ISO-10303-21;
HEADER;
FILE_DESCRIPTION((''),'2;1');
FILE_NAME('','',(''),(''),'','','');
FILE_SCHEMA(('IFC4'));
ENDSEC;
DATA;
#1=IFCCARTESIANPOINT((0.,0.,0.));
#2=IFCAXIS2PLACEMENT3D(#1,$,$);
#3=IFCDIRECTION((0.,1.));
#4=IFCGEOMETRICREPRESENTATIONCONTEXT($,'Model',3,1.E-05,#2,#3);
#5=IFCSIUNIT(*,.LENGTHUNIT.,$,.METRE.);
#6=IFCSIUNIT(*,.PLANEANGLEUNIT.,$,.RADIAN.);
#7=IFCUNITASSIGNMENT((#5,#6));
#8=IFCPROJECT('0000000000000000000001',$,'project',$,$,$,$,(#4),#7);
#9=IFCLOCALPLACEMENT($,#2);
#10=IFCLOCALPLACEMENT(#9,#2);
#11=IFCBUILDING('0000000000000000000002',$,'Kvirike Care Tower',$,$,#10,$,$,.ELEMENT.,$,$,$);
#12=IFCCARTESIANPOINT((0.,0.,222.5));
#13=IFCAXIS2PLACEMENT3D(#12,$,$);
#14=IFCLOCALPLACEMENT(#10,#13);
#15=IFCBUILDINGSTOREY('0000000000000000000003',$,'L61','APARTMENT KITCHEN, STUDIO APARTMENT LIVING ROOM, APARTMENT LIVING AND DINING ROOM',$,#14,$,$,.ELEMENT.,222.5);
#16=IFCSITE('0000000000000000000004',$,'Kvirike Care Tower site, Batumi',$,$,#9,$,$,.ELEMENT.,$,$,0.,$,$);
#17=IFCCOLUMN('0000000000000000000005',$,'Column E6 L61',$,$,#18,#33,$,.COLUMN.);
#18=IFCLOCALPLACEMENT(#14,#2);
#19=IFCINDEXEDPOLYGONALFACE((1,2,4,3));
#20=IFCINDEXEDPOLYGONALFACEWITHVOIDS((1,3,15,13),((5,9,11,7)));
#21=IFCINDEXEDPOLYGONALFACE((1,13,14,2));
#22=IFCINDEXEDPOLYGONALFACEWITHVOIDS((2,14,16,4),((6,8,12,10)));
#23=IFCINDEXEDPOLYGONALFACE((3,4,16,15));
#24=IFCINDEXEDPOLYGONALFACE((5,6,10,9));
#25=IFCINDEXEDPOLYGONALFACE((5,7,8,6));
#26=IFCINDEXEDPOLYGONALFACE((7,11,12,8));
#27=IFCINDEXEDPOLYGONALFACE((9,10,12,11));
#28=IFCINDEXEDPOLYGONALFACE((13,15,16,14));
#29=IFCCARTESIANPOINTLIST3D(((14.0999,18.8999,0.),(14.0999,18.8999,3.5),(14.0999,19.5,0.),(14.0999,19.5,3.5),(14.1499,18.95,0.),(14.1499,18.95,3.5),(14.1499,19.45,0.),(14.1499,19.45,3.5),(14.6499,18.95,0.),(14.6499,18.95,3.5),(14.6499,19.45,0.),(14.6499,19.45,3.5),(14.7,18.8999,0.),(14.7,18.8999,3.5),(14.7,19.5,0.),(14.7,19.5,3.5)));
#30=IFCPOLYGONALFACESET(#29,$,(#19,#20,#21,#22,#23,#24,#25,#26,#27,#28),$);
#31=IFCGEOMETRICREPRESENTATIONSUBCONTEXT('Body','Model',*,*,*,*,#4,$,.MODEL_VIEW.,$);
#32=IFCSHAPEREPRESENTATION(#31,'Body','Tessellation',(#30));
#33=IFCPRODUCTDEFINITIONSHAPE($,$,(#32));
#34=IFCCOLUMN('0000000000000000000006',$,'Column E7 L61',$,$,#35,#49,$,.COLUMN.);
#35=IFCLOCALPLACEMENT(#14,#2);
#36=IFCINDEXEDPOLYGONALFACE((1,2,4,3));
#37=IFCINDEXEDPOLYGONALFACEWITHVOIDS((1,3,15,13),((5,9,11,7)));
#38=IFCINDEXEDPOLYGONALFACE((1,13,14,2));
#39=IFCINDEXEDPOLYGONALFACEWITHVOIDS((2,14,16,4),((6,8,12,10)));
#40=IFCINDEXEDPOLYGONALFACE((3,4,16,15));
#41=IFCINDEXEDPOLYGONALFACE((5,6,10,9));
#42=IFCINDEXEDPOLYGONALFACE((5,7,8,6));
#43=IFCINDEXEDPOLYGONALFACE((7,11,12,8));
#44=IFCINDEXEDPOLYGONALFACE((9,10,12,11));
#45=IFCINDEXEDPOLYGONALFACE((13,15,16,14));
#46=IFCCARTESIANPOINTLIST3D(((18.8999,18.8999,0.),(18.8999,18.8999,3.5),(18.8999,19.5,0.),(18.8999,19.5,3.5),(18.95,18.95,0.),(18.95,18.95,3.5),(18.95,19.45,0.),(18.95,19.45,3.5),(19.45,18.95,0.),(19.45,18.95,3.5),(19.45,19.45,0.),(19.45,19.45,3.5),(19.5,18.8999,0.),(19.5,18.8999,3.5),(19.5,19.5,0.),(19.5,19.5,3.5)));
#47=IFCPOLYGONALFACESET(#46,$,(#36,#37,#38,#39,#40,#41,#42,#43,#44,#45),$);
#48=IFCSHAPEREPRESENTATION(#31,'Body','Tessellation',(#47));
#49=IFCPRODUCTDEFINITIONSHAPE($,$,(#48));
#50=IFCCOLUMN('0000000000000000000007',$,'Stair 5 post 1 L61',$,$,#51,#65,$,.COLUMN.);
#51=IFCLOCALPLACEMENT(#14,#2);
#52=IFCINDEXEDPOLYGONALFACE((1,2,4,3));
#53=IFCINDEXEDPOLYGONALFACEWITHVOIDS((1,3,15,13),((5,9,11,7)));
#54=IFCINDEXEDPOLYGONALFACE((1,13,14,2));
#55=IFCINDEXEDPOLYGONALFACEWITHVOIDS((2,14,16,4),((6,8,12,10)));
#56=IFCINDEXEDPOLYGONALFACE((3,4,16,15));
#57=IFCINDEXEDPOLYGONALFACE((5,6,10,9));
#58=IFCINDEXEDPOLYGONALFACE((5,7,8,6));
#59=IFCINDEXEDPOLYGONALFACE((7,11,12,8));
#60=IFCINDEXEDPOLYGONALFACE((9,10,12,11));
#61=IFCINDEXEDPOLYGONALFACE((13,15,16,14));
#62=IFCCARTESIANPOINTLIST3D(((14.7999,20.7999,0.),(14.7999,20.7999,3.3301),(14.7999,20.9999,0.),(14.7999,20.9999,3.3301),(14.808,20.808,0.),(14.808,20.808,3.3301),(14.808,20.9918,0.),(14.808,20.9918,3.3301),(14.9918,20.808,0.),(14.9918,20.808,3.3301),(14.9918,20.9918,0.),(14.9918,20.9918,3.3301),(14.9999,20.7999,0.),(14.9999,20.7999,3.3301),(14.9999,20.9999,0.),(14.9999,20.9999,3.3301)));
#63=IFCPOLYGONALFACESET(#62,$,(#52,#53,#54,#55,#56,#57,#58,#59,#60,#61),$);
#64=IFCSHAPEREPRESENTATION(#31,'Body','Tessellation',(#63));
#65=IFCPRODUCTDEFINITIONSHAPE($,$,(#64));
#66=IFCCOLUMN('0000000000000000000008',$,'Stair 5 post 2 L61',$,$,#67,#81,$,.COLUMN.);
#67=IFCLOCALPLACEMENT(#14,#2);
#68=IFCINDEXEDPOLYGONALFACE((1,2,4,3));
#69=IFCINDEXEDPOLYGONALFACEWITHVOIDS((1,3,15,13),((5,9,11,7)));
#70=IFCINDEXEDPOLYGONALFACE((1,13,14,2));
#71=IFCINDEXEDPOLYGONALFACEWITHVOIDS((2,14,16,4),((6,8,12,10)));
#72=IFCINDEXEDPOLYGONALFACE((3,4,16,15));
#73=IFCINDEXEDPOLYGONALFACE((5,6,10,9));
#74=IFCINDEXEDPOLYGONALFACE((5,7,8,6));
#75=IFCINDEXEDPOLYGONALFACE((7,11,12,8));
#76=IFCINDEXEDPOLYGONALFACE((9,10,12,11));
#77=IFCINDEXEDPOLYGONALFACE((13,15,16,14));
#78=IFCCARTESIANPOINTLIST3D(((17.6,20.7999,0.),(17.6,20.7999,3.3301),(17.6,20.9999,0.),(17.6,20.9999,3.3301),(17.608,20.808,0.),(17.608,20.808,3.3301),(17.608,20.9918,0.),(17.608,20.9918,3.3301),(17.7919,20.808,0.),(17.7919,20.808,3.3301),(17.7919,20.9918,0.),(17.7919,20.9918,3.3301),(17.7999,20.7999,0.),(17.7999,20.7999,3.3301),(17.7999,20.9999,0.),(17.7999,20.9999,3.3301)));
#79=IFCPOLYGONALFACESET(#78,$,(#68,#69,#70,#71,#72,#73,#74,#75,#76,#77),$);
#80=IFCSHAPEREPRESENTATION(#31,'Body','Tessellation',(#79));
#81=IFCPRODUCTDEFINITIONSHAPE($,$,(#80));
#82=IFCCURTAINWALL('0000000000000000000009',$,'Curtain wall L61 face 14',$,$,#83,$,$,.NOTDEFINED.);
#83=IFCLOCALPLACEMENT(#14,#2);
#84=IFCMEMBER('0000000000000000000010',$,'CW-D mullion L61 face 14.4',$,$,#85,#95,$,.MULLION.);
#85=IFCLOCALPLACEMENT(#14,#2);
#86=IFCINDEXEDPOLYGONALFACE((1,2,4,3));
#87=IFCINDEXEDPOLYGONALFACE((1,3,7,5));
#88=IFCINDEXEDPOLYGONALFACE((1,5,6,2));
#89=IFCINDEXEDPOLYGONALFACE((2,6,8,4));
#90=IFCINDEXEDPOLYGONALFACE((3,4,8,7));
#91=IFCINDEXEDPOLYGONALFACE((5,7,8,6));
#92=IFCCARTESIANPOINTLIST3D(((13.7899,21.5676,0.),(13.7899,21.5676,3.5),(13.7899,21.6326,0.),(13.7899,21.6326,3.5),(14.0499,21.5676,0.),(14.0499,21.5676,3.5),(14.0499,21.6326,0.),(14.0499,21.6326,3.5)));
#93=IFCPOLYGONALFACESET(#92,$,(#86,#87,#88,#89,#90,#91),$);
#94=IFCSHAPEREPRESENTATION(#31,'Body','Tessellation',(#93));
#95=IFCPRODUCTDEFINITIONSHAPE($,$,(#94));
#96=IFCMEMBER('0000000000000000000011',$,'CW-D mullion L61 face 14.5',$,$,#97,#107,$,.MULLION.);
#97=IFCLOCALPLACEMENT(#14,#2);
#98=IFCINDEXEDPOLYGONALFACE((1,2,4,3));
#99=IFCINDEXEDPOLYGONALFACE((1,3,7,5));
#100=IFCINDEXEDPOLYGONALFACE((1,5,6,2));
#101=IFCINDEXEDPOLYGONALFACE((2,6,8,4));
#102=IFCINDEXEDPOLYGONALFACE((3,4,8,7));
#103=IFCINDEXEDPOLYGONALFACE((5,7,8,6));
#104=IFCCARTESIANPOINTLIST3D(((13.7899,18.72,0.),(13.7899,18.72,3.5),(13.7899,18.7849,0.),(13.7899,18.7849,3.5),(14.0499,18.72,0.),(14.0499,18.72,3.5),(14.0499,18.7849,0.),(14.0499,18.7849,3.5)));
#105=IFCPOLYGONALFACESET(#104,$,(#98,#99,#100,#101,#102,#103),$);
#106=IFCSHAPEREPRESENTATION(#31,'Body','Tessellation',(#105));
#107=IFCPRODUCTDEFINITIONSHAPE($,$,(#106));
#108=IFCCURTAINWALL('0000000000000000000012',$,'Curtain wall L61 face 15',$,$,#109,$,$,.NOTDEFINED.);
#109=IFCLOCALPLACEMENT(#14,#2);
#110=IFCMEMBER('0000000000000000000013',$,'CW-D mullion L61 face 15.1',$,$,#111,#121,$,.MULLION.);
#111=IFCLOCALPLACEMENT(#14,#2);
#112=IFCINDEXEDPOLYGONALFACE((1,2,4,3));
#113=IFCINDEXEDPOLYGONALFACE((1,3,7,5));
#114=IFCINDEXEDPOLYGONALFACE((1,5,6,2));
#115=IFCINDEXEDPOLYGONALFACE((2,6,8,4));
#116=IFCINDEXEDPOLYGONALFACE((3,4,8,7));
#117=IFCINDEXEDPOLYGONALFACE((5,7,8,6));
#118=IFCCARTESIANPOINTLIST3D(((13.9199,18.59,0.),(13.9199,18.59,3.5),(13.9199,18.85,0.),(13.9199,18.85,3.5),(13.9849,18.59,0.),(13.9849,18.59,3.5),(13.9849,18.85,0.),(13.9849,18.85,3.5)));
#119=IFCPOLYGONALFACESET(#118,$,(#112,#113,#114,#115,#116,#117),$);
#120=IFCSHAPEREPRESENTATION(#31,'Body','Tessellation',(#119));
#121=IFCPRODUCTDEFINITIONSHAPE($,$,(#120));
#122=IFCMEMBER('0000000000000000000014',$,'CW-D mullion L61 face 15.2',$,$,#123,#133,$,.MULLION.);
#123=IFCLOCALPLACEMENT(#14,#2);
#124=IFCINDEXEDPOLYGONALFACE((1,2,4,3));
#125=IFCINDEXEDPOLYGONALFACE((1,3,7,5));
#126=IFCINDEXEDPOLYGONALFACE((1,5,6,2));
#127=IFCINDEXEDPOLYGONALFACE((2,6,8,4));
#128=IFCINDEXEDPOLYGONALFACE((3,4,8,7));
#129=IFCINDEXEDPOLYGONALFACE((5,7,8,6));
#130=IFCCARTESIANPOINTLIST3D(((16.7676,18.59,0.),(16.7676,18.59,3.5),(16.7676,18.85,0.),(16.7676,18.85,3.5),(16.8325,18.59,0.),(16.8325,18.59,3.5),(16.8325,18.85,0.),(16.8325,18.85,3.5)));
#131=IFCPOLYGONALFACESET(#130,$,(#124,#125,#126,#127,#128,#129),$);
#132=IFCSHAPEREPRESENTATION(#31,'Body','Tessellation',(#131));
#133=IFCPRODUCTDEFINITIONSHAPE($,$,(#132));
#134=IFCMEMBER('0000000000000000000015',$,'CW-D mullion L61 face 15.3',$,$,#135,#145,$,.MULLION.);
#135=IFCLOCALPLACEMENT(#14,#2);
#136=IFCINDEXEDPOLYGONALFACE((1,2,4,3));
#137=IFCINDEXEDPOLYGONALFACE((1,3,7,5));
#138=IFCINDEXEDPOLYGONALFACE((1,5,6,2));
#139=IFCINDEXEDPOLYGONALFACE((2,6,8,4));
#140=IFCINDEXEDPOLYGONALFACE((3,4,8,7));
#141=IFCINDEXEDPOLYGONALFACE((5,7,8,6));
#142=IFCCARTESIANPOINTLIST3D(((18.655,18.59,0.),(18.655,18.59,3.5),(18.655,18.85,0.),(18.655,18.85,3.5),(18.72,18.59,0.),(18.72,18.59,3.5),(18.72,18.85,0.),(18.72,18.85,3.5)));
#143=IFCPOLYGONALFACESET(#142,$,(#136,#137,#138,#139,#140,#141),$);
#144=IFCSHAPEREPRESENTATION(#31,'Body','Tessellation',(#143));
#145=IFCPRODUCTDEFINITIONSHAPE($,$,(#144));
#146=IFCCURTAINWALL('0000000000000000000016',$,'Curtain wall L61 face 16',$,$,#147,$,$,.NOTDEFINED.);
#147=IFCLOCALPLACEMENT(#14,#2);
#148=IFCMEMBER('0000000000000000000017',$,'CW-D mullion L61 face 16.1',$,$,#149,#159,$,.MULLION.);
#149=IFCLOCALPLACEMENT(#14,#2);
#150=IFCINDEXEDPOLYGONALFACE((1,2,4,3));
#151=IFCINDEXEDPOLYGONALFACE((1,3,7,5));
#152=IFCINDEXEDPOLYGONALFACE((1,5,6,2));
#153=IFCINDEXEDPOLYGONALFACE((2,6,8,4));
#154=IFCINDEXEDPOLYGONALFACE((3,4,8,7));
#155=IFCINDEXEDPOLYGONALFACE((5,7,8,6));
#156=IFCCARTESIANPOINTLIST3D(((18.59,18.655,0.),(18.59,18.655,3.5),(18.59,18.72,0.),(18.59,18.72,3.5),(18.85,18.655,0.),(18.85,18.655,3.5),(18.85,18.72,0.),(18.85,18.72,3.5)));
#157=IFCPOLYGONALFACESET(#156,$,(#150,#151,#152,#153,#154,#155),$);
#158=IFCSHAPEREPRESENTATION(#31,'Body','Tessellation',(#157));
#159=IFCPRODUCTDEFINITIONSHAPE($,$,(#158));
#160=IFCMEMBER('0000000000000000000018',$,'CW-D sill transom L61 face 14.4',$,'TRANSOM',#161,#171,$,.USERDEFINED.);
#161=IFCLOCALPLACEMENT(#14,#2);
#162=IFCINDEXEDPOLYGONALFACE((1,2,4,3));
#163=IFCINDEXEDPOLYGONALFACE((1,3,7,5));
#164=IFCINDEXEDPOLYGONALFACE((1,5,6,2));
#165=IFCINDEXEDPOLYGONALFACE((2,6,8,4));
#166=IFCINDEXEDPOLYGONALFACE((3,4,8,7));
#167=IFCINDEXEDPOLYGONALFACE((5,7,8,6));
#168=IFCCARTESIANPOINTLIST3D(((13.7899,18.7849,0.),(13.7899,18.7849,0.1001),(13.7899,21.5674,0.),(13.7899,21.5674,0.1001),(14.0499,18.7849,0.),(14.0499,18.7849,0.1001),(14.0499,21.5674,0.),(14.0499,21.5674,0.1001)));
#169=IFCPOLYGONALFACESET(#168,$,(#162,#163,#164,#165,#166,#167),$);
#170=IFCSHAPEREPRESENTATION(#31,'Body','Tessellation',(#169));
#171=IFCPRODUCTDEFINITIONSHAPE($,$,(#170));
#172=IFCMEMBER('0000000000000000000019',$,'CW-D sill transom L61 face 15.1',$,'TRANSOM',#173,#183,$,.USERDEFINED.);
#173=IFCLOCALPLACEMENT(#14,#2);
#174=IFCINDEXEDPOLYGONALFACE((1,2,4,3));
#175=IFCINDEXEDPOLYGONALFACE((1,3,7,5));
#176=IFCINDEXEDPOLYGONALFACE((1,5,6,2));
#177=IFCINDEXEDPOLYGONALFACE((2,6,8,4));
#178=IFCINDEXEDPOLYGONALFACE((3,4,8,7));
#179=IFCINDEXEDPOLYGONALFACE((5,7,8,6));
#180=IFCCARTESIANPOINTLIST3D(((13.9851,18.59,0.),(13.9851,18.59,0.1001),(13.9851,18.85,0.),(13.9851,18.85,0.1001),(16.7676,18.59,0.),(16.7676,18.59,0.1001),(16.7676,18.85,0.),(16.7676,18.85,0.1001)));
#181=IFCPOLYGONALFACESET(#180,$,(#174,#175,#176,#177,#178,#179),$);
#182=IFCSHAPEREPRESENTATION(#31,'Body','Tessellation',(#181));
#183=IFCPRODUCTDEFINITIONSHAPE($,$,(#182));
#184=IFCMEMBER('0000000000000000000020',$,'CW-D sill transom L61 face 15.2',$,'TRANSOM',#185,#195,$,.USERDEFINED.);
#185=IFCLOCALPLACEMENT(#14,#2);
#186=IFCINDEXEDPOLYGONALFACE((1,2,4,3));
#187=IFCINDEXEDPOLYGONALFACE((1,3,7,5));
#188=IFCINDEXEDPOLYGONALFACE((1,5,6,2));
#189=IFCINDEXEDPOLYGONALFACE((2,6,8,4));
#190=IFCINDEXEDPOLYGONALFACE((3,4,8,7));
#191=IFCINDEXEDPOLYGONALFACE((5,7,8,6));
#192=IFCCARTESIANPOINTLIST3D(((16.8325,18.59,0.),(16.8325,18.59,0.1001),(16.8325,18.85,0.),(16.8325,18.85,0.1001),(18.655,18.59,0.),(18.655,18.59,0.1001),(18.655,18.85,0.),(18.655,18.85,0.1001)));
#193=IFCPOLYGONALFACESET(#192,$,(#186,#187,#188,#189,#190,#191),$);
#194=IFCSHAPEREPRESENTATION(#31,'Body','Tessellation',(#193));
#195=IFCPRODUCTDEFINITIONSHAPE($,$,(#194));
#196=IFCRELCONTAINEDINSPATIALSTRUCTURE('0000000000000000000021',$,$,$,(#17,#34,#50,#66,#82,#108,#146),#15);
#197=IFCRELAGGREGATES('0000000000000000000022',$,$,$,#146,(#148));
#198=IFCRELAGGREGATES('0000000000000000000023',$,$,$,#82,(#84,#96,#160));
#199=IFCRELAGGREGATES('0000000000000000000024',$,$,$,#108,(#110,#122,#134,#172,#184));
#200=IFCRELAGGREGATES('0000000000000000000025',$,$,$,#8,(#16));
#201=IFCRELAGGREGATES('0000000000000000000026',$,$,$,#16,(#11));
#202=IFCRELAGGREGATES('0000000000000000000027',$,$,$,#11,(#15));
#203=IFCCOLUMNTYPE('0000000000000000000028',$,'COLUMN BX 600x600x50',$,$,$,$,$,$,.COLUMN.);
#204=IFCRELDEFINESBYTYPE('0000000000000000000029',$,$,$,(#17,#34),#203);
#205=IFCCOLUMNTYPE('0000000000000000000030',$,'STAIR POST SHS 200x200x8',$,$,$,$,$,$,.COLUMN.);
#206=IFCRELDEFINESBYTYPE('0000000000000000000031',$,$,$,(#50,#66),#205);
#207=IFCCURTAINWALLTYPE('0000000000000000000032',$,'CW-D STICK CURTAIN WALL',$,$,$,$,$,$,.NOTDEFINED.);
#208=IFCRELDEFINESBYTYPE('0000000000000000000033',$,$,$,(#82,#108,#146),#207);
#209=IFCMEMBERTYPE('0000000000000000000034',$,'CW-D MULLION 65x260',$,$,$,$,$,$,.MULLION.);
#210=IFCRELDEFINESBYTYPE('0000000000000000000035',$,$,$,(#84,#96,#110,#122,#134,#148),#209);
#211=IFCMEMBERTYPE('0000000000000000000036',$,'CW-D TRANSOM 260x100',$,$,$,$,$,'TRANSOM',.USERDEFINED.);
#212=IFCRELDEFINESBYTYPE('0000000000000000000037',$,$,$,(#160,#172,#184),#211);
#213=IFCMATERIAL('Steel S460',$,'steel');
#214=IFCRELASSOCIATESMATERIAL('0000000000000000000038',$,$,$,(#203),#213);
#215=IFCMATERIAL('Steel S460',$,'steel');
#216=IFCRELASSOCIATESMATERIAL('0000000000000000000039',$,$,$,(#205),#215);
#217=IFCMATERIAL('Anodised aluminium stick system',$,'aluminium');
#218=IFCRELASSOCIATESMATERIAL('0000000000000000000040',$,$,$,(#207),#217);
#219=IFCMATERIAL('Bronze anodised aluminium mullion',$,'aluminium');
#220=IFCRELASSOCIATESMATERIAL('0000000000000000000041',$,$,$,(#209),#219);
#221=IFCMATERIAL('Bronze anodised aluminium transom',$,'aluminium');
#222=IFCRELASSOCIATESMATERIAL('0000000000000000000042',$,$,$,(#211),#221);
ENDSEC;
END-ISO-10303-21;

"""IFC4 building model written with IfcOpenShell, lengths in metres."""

from ifc_helpers import new_model, si_unit, direction, frame, origin, origin_2d, place, context, subcontext, project, spatial, rectangle, hollow_rectangle, extrude, material, material_profile, profile_set, type_object, element, aggregate, save


model = new_model("IFC4")

# Units and contexts
model_context = context("Model", 3, precision=1e-05, world=origin(), true_north=direction((0.0, 1.0)))
body_context = subcontext(model_context, "Body", "Model", "MODEL_VIEW")
ifc_project = project(units=[si_unit("LENGTHUNIT", "METRE"), si_unit("PLANEANGLEUNIT", "RADIAN")], contexts=[model_context])

# Site, building, storey
site_placement = place(None, origin())
site = spatial("IfcSite", under=ifc_project, at=site_placement, Name="Kvirike Care Tower site, Batumi", CompositionType="ELEMENT", RefElevation=0.0)
building_placement = place(site_placement, origin())
building = spatial("IfcBuilding", under=site, at=building_placement, Name="Kvirike Care Tower", CompositionType="ELEMENT")
storey_placement = place(building_placement, frame((0.0, 0.0, 222.5)))
storey = spatial("IfcBuildingStorey", under=building, at=storey_placement, Name="L61", Description="APARTMENT KITCHEN, STUDIO APARTMENT LIVING ROOM, APARTMENT LIVING AND DINING ROOM", CompositionType="ELEMENT", Elevation=222.5)

# Columns
ifc_material_1 = material(Name="Steel S460", Category="steel")
ifc_material_profile_1 = material_profile(ifc_material_1, hollow_rectangle(XDim=0.6001, YDim=0.6001, WallThickness=0.05, at=origin_2d()), Name="BX 600x600x50")
ifc_profile_set_1 = profile_set([ifc_material_profile_1], Name="Steel S460")
column_type_1 = type_object("IfcColumnType", Name="COLUMN BX 600x600x50", PredefinedType="COLUMN", material=ifc_profile_set_1)
for number, where, z_axis, x_axis, name in (
    (1, (14.3999, 19.2, 0.0), (0.0, 0.0, 1.0), (0.0, 1.0, 0.0), "Column E6 L61"),
    (2, (19.2, 19.2, 0.0), (0.0, 0.0, 1.0), (0.0, 1.0, 0.0), "Column E7 L61"),
):
    element("IfcColumn", number, at=place(storey_placement, frame(where, z_axis=z_axis, x_axis=x_axis)), inside=storey, type_object=column_type_1, Name=name, PredefinedType="COLUMN", context=body_context, shape_type="SweptSolid", body=[
        extrude(hollow_rectangle(XDim=0.6001, YDim=0.6001, WallThickness=0.05, at=origin_2d()), origin(), (0.0, 0.0, 1.0), 3.5),
    ])
ifc_material_2 = material(Name="Steel S460", Category="steel")
ifc_material_profile_2 = material_profile(ifc_material_2, hollow_rectangle(XDim=0.2, YDim=0.2, WallThickness=0.0081, at=origin_2d()), Name="SHS 200x200x8")
ifc_profile_set_2 = profile_set([ifc_material_profile_2], Name="Steel S460")
column_type_2 = type_object("IfcColumnType", Name="STAIR POST SHS 200x200x8", PredefinedType="COLUMN", material=ifc_profile_set_2)
for number, where, z_axis, x_axis, name in (
    (3, (14.8999, 20.8999, 0.0), (0.0, 0.0, 1.0), (1.0, 0.0, 0.0), "Stair 5 post 1 L61"),
    (4, (17.7, 20.8999, 0.0), (0.0, 0.0, 1.0), (1.0, 0.0, 0.0), "Stair 5 post 2 L61"),
):
    element("IfcColumn", number, at=place(storey_placement, frame(where, z_axis=z_axis, x_axis=x_axis)), inside=storey, type_object=column_type_2, Name=name, PredefinedType="COLUMN", context=body_context, shape_type="SweptSolid", body=[
        extrude(hollow_rectangle(XDim=0.2, YDim=0.2, WallThickness=0.0081, at=origin_2d()), origin(), (0.0, 0.0, 1.0), 3.3301),
    ])

# Curtain walls, members
ifc_material_3 = material(Name="Anodised aluminium stick system", Category="aluminium")
curtain_wall_type = type_object("IfcCurtainWallType", Name="CW-D STICK CURTAIN WALL", PredefinedType="NOTDEFINED", material=ifc_material_3)
curtain_wall_1_placement = place(storey_placement, origin())
curtain_wall_1 = element("IfcCurtainWall", 5, at=curtain_wall_1_placement, inside=storey, type_object=curtain_wall_type, Name="Curtain wall L61 face 14", PredefinedType="NOTDEFINED")
ifc_material_4 = material(Name="Bronze anodised aluminium mullion", Category="aluminium")
ifc_material_profile_3 = material_profile(ifc_material_4, rectangle(XDim=0.0649, YDim=0.26, at=origin_2d()), Name="CW-D MULLION 65x260")
ifc_profile_set_3 = profile_set([ifc_material_profile_3], Name="Bronze anodised aluminium mullion")
member_type_1 = type_object("IfcMemberType", Name="CW-D MULLION 65x260", PredefinedType="MULLION", material=ifc_profile_set_3)
member_1_placement = place(storey_placement, frame((13.9199, 21.6001, 0.0), z_axis=(0.0, 0.0, 1.0), x_axis=(0.0, -1.0, 0.0)))
member_1 = element("IfcMember", 6, at=member_1_placement, type_object=member_type_1, Name="CW-D mullion L61 face 14.4", PredefinedType="MULLION", context=body_context, shape_type="SweptSolid", body=[
    extrude(rectangle(XDim=0.0649, YDim=0.26, at=origin_2d()), origin(), (0.0, 0.0, 1.0), 3.5),
])
member_2_placement = place(storey_placement, frame((13.9199, 18.7524, 0.0), z_axis=(0.0, 0.0, 1.0), x_axis=(0.0, -1.0, 0.0)))
member_2 = element("IfcMember", 7, at=member_2_placement, type_object=member_type_1, Name="CW-D mullion L61 face 14.5", PredefinedType="MULLION", context=body_context, shape_type="SweptSolid", body=[
    extrude(rectangle(XDim=0.0649, YDim=0.26, at=origin_2d()), origin(), (0.0, 0.0, 1.0), 3.5),
])
curtain_wall_2_placement = place(storey_placement, origin())
curtain_wall_2 = element("IfcCurtainWall", 8, at=curtain_wall_2_placement, inside=storey, type_object=curtain_wall_type, Name="Curtain wall L61 face 15", PredefinedType="NOTDEFINED")
member_3_placement = place(storey_placement, frame((13.9524, 18.72, 0.0), z_axis=(0.0, 0.0, 1.0), x_axis=(1.0, 0.0, 0.0)))
member_3 = element("IfcMember", 9, at=member_3_placement, type_object=member_type_1, Name="CW-D mullion L61 face 15.1", PredefinedType="MULLION", context=body_context, shape_type="SweptSolid", body=[
    extrude(rectangle(XDim=0.0649, YDim=0.26, at=origin_2d()), origin(), (0.0, 0.0, 1.0), 3.5),
])
member_4_placement = place(storey_placement, frame((16.8, 18.72, 0.0), z_axis=(0.0, 0.0, 1.0), x_axis=(1.0, 0.0, 0.0)))
member_4 = element("IfcMember", 10, at=member_4_placement, type_object=member_type_1, Name="CW-D mullion L61 face 15.2", PredefinedType="MULLION", context=body_context, shape_type="SweptSolid", body=[
    extrude(rectangle(XDim=0.0649, YDim=0.26, at=origin_2d()), origin(), (0.0, 0.0, 1.0), 3.5),
])
member_5_placement = place(storey_placement, frame((18.6875, 18.72, 0.0), z_axis=(0.0, 0.0, 1.0), x_axis=(1.0, 0.0, 0.0)))
member_5 = element("IfcMember", 11, at=member_5_placement, type_object=member_type_1, Name="CW-D mullion L61 face 15.3", PredefinedType="MULLION", context=body_context, shape_type="SweptSolid", body=[
    extrude(rectangle(XDim=0.0649, YDim=0.26, at=origin_2d()), origin(), (0.0, 0.0, 1.0), 3.5),
])

# Curtain wall, member
curtain_wall_3_placement = place(storey_placement, origin())
curtain_wall_3 = element("IfcCurtainWall", 12, at=curtain_wall_3_placement, inside=storey, type_object=curtain_wall_type, Name="Curtain wall L61 face 16", PredefinedType="NOTDEFINED")
member_6_placement = place(storey_placement, frame((18.72, 18.6875, 0.0), z_axis=(0.0, 0.0, 1.0), x_axis=(0.0, -1.0, 0.0)))
member_6 = element("IfcMember", 13, at=member_6_placement, type_object=member_type_1, Name="CW-D mullion L61 face 16.1", PredefinedType="MULLION", context=body_context, shape_type="SweptSolid", body=[
    extrude(rectangle(XDim=0.0649, YDim=0.26, at=origin_2d()), origin(), (0.0, 0.0, 1.0), 3.5),
])

# Members
ifc_material_5 = material(Name="Bronze anodised aluminium transom", Category="aluminium")
ifc_material_profile_4 = material_profile(ifc_material_5, rectangle(XDim=0.26, YDim=0.1001, at=origin_2d()), Name="CW-D TRANSOM 260x100")
ifc_profile_set_4 = profile_set([ifc_material_profile_4], Name="Bronze anodised aluminium transom")
member_type_2 = type_object("IfcMemberType", Name="CW-D TRANSOM 260x100", ElementType="TRANSOM", PredefinedType="USERDEFINED", material=ifc_profile_set_4)
member_7_placement = place(storey_placement, frame((13.9199, 21.5674, 0.05), z_axis=(0.0, -1.0, 0.0), x_axis=(1.0, 0.0, 0.0)))
member_7 = element("IfcMember", 14, at=member_7_placement, type_object=member_type_2, Name="CW-D sill transom L61 face 14.4", ObjectType="TRANSOM", PredefinedType="USERDEFINED", context=body_context, shape_type="SweptSolid", body=[
    extrude(rectangle(XDim=0.26, YDim=0.1001, at=origin_2d()), origin(), (0.0, 0.0, 1.0), 2.7825),
])
member_8_placement = place(storey_placement, frame((13.9851, 18.72, 0.05), z_axis=(1.0, 0.0, 0.0), x_axis=(0.0, 1.0, 0.0)))
member_8 = element("IfcMember", 15, at=member_8_placement, type_object=member_type_2, Name="CW-D sill transom L61 face 15.1", ObjectType="TRANSOM", PredefinedType="USERDEFINED", context=body_context, shape_type="SweptSolid", body=[
    extrude(rectangle(XDim=0.26, YDim=0.1001, at=origin_2d()), origin(), (0.0, 0.0, 1.0), 2.7825),
])
member_9_placement = place(storey_placement, frame((16.8325, 18.72, 0.05), z_axis=(1.0, 0.0, 0.0), x_axis=(0.0, 1.0, 0.0)))
member_9 = element("IfcMember", 16, at=member_9_placement, type_object=member_type_2, Name="CW-D sill transom L61 face 15.2", ObjectType="TRANSOM", PredefinedType="USERDEFINED", context=body_context, shape_type="SweptSolid", body=[
    extrude(rectangle(XDim=0.26, YDim=0.1001, at=origin_2d()), origin(), (0.0, 0.0, 1.0), 1.8225),
])
aggregate(curtain_wall_3, [member_6])

aggregate(curtain_wall_1, [member_1, member_2, member_7])
aggregate(curtain_wall_2, [member_3, member_4, member_5, member_8, member_9])

save(model, "model.ifc")
